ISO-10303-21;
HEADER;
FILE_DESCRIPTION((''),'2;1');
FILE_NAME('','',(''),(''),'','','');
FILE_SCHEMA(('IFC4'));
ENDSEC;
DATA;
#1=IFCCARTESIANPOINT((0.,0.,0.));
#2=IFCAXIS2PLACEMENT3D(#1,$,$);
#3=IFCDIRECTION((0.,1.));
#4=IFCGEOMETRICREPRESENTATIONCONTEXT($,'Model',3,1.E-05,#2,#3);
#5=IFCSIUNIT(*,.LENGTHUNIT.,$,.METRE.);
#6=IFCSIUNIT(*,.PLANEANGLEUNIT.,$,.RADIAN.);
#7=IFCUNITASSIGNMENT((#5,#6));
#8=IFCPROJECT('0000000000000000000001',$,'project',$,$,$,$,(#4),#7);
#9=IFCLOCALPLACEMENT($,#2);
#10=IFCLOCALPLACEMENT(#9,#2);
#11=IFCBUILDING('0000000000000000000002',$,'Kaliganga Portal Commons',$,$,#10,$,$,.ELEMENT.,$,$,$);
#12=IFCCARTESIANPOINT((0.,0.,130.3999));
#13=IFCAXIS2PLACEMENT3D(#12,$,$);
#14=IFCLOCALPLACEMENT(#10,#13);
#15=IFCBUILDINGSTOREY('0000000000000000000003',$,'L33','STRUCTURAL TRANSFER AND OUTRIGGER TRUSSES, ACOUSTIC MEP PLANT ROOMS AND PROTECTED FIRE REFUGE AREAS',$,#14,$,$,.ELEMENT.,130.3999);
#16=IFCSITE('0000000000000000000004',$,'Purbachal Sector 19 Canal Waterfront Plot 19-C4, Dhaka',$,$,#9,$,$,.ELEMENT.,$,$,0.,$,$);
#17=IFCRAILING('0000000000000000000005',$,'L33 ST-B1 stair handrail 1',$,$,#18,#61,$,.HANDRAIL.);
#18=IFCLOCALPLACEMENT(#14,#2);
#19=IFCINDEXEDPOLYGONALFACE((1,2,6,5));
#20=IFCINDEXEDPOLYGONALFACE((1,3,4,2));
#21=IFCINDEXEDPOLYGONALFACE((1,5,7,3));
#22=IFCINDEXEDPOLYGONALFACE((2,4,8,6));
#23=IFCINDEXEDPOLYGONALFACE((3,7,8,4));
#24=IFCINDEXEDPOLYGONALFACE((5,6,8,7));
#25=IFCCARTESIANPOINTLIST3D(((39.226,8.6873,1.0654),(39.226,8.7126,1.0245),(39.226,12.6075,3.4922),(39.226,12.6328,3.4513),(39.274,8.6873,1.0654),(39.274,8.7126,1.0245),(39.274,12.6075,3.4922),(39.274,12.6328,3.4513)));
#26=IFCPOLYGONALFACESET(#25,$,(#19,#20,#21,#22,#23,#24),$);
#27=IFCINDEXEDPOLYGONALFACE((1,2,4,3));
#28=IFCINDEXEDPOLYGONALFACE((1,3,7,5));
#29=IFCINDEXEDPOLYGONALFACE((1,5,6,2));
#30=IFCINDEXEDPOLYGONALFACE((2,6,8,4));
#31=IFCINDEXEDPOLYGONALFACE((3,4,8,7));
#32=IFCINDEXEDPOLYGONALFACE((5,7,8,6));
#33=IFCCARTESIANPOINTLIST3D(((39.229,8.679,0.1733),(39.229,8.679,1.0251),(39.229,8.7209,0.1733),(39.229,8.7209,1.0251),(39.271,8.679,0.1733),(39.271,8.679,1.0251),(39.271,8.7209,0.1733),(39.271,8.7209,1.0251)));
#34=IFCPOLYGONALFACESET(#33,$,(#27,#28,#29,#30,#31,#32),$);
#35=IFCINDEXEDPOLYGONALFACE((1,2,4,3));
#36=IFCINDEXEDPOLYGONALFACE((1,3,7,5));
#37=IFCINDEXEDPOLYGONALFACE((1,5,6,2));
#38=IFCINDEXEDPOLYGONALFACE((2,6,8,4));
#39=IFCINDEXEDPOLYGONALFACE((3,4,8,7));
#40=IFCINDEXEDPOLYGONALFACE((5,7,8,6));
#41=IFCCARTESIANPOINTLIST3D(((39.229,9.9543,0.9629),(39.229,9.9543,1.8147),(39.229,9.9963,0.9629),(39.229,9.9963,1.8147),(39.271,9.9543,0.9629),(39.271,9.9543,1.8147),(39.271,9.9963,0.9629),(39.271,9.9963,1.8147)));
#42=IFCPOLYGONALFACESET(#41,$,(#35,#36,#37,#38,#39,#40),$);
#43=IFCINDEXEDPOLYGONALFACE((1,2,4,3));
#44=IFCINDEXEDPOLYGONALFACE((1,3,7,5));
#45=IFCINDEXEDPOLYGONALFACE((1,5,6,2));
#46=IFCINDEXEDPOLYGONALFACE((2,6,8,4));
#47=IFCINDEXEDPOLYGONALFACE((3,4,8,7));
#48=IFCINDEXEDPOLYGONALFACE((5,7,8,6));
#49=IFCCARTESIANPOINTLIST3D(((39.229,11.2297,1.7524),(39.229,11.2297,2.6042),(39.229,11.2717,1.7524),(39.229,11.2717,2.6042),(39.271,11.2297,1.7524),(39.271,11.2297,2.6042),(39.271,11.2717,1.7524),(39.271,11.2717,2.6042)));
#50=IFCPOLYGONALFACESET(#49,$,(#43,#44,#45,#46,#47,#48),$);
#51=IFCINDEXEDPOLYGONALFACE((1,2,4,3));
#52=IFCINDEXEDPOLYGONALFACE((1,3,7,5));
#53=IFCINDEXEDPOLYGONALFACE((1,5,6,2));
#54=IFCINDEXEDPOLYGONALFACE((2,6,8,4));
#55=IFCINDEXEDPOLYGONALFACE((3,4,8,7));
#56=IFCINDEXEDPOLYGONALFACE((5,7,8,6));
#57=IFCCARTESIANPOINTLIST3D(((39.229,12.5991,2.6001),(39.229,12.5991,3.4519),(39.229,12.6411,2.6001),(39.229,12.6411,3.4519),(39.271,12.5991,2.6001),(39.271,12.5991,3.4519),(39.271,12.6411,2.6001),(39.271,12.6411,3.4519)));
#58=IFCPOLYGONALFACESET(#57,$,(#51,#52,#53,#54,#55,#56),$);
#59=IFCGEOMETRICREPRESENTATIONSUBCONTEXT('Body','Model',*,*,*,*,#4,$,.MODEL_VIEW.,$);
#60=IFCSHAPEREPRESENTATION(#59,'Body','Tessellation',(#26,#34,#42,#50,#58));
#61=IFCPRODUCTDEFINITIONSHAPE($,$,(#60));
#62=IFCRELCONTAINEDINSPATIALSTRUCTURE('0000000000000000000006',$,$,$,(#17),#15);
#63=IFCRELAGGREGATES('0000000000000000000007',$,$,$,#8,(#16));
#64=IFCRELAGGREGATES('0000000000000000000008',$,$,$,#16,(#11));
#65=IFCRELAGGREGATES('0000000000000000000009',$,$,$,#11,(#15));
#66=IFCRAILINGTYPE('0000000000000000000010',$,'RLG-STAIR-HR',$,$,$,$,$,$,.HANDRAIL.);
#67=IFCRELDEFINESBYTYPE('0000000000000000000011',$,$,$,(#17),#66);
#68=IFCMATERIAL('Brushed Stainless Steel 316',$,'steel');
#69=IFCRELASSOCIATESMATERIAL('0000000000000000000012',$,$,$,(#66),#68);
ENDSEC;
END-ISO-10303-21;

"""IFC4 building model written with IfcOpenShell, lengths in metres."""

from ifc_helpers import new_model, si_unit, direction, frame, origin, origin_2d, place, context, subcontext, project, spatial, rectangle, extrude, material, type_object, element, save


model = new_model("IFC4")

# Units and contexts
model_context = context("Model", 3, precision=1e-05, world=origin(), true_north=direction((0.0, 1.0)))
body_context = subcontext(model_context, "Body", "Model", "MODEL_VIEW")
ifc_project = project(units=[si_unit("LENGTHUNIT", "METRE"), si_unit("PLANEANGLEUNIT", "RADIAN")], contexts=[model_context])

# Site, building, storey
site_placement = place(None, origin())
site = spatial("IfcSite", under=ifc_project, at=site_placement, Name="Purbachal Sector 19 Canal Waterfront Plot 19-C4, Dhaka", CompositionType="ELEMENT", RefElevation=0.0)
building_placement = place(site_placement, origin())
building = spatial("IfcBuilding", under=site, at=building_placement, Name="Kaliganga Portal Commons", CompositionType="ELEMENT")
storey_placement = place(building_placement, frame((0.0, 0.0, 130.3999)))
storey = spatial("IfcBuildingStorey", under=building, at=storey_placement, Name="L33", Description="STRUCTURAL TRANSFER AND OUTRIGGER TRUSSES, ACOUSTIC MEP PLANT ROOMS AND PROTECTED FIRE REFUGE AREAS", CompositionType="ELEMENT", Elevation=130.3999)

# Railing
ifc_material_1 = material(Name="Brushed Stainless Steel 316", Category="steel")
railing_type_1 = type_object("IfcRailingType", Name="RLG-STAIR-HR", PredefinedType="HANDRAIL", material=ifc_material_1)
railing_1_placement = place(storey_placement, frame((39.25, 8.7, 0.1733)))
element("IfcRailing", 1, at=railing_1_placement, inside=storey, type_object=railing_type_1, Name="L33 ST-B1 stair handrail 1", PredefinedType="HANDRAIL", context=body_context, shape_type="SweptSolid", body=[
    extrude(rectangle(XDim=0.0481, YDim=0.0481, at=origin_2d()), frame((0.0, 0.0, 0.8716), z_axis=(0.0, 0.850266, 0.526353), x_axis=(-1.0, 0.0, 0.0)), (0.0, 0.0, 1.0), 4.6106),
    extrude(rectangle(XDim=0.042, YDim=0.042, at=origin_2d()), origin(), (0.0, 0.0, 1.0), 0.8518),
    extrude(rectangle(XDim=0.042, YDim=0.042, at=origin_2d()), frame((0.0, 1.2754, 0.7896)), (0.0, 0.0, 1.0), 0.8518),
    extrude(rectangle(XDim=0.042, YDim=0.042, at=origin_2d()), frame((0.0, 2.5508, 1.5791)), (0.0, 0.0, 1.0), 0.8518),
    extrude(rectangle(XDim=0.042, YDim=0.042, at=origin_2d()), frame((0.0, 3.9202, 2.4268)), (0.0, 0.0, 1.0), 0.8518),
])

save(model, "model.ifc")
